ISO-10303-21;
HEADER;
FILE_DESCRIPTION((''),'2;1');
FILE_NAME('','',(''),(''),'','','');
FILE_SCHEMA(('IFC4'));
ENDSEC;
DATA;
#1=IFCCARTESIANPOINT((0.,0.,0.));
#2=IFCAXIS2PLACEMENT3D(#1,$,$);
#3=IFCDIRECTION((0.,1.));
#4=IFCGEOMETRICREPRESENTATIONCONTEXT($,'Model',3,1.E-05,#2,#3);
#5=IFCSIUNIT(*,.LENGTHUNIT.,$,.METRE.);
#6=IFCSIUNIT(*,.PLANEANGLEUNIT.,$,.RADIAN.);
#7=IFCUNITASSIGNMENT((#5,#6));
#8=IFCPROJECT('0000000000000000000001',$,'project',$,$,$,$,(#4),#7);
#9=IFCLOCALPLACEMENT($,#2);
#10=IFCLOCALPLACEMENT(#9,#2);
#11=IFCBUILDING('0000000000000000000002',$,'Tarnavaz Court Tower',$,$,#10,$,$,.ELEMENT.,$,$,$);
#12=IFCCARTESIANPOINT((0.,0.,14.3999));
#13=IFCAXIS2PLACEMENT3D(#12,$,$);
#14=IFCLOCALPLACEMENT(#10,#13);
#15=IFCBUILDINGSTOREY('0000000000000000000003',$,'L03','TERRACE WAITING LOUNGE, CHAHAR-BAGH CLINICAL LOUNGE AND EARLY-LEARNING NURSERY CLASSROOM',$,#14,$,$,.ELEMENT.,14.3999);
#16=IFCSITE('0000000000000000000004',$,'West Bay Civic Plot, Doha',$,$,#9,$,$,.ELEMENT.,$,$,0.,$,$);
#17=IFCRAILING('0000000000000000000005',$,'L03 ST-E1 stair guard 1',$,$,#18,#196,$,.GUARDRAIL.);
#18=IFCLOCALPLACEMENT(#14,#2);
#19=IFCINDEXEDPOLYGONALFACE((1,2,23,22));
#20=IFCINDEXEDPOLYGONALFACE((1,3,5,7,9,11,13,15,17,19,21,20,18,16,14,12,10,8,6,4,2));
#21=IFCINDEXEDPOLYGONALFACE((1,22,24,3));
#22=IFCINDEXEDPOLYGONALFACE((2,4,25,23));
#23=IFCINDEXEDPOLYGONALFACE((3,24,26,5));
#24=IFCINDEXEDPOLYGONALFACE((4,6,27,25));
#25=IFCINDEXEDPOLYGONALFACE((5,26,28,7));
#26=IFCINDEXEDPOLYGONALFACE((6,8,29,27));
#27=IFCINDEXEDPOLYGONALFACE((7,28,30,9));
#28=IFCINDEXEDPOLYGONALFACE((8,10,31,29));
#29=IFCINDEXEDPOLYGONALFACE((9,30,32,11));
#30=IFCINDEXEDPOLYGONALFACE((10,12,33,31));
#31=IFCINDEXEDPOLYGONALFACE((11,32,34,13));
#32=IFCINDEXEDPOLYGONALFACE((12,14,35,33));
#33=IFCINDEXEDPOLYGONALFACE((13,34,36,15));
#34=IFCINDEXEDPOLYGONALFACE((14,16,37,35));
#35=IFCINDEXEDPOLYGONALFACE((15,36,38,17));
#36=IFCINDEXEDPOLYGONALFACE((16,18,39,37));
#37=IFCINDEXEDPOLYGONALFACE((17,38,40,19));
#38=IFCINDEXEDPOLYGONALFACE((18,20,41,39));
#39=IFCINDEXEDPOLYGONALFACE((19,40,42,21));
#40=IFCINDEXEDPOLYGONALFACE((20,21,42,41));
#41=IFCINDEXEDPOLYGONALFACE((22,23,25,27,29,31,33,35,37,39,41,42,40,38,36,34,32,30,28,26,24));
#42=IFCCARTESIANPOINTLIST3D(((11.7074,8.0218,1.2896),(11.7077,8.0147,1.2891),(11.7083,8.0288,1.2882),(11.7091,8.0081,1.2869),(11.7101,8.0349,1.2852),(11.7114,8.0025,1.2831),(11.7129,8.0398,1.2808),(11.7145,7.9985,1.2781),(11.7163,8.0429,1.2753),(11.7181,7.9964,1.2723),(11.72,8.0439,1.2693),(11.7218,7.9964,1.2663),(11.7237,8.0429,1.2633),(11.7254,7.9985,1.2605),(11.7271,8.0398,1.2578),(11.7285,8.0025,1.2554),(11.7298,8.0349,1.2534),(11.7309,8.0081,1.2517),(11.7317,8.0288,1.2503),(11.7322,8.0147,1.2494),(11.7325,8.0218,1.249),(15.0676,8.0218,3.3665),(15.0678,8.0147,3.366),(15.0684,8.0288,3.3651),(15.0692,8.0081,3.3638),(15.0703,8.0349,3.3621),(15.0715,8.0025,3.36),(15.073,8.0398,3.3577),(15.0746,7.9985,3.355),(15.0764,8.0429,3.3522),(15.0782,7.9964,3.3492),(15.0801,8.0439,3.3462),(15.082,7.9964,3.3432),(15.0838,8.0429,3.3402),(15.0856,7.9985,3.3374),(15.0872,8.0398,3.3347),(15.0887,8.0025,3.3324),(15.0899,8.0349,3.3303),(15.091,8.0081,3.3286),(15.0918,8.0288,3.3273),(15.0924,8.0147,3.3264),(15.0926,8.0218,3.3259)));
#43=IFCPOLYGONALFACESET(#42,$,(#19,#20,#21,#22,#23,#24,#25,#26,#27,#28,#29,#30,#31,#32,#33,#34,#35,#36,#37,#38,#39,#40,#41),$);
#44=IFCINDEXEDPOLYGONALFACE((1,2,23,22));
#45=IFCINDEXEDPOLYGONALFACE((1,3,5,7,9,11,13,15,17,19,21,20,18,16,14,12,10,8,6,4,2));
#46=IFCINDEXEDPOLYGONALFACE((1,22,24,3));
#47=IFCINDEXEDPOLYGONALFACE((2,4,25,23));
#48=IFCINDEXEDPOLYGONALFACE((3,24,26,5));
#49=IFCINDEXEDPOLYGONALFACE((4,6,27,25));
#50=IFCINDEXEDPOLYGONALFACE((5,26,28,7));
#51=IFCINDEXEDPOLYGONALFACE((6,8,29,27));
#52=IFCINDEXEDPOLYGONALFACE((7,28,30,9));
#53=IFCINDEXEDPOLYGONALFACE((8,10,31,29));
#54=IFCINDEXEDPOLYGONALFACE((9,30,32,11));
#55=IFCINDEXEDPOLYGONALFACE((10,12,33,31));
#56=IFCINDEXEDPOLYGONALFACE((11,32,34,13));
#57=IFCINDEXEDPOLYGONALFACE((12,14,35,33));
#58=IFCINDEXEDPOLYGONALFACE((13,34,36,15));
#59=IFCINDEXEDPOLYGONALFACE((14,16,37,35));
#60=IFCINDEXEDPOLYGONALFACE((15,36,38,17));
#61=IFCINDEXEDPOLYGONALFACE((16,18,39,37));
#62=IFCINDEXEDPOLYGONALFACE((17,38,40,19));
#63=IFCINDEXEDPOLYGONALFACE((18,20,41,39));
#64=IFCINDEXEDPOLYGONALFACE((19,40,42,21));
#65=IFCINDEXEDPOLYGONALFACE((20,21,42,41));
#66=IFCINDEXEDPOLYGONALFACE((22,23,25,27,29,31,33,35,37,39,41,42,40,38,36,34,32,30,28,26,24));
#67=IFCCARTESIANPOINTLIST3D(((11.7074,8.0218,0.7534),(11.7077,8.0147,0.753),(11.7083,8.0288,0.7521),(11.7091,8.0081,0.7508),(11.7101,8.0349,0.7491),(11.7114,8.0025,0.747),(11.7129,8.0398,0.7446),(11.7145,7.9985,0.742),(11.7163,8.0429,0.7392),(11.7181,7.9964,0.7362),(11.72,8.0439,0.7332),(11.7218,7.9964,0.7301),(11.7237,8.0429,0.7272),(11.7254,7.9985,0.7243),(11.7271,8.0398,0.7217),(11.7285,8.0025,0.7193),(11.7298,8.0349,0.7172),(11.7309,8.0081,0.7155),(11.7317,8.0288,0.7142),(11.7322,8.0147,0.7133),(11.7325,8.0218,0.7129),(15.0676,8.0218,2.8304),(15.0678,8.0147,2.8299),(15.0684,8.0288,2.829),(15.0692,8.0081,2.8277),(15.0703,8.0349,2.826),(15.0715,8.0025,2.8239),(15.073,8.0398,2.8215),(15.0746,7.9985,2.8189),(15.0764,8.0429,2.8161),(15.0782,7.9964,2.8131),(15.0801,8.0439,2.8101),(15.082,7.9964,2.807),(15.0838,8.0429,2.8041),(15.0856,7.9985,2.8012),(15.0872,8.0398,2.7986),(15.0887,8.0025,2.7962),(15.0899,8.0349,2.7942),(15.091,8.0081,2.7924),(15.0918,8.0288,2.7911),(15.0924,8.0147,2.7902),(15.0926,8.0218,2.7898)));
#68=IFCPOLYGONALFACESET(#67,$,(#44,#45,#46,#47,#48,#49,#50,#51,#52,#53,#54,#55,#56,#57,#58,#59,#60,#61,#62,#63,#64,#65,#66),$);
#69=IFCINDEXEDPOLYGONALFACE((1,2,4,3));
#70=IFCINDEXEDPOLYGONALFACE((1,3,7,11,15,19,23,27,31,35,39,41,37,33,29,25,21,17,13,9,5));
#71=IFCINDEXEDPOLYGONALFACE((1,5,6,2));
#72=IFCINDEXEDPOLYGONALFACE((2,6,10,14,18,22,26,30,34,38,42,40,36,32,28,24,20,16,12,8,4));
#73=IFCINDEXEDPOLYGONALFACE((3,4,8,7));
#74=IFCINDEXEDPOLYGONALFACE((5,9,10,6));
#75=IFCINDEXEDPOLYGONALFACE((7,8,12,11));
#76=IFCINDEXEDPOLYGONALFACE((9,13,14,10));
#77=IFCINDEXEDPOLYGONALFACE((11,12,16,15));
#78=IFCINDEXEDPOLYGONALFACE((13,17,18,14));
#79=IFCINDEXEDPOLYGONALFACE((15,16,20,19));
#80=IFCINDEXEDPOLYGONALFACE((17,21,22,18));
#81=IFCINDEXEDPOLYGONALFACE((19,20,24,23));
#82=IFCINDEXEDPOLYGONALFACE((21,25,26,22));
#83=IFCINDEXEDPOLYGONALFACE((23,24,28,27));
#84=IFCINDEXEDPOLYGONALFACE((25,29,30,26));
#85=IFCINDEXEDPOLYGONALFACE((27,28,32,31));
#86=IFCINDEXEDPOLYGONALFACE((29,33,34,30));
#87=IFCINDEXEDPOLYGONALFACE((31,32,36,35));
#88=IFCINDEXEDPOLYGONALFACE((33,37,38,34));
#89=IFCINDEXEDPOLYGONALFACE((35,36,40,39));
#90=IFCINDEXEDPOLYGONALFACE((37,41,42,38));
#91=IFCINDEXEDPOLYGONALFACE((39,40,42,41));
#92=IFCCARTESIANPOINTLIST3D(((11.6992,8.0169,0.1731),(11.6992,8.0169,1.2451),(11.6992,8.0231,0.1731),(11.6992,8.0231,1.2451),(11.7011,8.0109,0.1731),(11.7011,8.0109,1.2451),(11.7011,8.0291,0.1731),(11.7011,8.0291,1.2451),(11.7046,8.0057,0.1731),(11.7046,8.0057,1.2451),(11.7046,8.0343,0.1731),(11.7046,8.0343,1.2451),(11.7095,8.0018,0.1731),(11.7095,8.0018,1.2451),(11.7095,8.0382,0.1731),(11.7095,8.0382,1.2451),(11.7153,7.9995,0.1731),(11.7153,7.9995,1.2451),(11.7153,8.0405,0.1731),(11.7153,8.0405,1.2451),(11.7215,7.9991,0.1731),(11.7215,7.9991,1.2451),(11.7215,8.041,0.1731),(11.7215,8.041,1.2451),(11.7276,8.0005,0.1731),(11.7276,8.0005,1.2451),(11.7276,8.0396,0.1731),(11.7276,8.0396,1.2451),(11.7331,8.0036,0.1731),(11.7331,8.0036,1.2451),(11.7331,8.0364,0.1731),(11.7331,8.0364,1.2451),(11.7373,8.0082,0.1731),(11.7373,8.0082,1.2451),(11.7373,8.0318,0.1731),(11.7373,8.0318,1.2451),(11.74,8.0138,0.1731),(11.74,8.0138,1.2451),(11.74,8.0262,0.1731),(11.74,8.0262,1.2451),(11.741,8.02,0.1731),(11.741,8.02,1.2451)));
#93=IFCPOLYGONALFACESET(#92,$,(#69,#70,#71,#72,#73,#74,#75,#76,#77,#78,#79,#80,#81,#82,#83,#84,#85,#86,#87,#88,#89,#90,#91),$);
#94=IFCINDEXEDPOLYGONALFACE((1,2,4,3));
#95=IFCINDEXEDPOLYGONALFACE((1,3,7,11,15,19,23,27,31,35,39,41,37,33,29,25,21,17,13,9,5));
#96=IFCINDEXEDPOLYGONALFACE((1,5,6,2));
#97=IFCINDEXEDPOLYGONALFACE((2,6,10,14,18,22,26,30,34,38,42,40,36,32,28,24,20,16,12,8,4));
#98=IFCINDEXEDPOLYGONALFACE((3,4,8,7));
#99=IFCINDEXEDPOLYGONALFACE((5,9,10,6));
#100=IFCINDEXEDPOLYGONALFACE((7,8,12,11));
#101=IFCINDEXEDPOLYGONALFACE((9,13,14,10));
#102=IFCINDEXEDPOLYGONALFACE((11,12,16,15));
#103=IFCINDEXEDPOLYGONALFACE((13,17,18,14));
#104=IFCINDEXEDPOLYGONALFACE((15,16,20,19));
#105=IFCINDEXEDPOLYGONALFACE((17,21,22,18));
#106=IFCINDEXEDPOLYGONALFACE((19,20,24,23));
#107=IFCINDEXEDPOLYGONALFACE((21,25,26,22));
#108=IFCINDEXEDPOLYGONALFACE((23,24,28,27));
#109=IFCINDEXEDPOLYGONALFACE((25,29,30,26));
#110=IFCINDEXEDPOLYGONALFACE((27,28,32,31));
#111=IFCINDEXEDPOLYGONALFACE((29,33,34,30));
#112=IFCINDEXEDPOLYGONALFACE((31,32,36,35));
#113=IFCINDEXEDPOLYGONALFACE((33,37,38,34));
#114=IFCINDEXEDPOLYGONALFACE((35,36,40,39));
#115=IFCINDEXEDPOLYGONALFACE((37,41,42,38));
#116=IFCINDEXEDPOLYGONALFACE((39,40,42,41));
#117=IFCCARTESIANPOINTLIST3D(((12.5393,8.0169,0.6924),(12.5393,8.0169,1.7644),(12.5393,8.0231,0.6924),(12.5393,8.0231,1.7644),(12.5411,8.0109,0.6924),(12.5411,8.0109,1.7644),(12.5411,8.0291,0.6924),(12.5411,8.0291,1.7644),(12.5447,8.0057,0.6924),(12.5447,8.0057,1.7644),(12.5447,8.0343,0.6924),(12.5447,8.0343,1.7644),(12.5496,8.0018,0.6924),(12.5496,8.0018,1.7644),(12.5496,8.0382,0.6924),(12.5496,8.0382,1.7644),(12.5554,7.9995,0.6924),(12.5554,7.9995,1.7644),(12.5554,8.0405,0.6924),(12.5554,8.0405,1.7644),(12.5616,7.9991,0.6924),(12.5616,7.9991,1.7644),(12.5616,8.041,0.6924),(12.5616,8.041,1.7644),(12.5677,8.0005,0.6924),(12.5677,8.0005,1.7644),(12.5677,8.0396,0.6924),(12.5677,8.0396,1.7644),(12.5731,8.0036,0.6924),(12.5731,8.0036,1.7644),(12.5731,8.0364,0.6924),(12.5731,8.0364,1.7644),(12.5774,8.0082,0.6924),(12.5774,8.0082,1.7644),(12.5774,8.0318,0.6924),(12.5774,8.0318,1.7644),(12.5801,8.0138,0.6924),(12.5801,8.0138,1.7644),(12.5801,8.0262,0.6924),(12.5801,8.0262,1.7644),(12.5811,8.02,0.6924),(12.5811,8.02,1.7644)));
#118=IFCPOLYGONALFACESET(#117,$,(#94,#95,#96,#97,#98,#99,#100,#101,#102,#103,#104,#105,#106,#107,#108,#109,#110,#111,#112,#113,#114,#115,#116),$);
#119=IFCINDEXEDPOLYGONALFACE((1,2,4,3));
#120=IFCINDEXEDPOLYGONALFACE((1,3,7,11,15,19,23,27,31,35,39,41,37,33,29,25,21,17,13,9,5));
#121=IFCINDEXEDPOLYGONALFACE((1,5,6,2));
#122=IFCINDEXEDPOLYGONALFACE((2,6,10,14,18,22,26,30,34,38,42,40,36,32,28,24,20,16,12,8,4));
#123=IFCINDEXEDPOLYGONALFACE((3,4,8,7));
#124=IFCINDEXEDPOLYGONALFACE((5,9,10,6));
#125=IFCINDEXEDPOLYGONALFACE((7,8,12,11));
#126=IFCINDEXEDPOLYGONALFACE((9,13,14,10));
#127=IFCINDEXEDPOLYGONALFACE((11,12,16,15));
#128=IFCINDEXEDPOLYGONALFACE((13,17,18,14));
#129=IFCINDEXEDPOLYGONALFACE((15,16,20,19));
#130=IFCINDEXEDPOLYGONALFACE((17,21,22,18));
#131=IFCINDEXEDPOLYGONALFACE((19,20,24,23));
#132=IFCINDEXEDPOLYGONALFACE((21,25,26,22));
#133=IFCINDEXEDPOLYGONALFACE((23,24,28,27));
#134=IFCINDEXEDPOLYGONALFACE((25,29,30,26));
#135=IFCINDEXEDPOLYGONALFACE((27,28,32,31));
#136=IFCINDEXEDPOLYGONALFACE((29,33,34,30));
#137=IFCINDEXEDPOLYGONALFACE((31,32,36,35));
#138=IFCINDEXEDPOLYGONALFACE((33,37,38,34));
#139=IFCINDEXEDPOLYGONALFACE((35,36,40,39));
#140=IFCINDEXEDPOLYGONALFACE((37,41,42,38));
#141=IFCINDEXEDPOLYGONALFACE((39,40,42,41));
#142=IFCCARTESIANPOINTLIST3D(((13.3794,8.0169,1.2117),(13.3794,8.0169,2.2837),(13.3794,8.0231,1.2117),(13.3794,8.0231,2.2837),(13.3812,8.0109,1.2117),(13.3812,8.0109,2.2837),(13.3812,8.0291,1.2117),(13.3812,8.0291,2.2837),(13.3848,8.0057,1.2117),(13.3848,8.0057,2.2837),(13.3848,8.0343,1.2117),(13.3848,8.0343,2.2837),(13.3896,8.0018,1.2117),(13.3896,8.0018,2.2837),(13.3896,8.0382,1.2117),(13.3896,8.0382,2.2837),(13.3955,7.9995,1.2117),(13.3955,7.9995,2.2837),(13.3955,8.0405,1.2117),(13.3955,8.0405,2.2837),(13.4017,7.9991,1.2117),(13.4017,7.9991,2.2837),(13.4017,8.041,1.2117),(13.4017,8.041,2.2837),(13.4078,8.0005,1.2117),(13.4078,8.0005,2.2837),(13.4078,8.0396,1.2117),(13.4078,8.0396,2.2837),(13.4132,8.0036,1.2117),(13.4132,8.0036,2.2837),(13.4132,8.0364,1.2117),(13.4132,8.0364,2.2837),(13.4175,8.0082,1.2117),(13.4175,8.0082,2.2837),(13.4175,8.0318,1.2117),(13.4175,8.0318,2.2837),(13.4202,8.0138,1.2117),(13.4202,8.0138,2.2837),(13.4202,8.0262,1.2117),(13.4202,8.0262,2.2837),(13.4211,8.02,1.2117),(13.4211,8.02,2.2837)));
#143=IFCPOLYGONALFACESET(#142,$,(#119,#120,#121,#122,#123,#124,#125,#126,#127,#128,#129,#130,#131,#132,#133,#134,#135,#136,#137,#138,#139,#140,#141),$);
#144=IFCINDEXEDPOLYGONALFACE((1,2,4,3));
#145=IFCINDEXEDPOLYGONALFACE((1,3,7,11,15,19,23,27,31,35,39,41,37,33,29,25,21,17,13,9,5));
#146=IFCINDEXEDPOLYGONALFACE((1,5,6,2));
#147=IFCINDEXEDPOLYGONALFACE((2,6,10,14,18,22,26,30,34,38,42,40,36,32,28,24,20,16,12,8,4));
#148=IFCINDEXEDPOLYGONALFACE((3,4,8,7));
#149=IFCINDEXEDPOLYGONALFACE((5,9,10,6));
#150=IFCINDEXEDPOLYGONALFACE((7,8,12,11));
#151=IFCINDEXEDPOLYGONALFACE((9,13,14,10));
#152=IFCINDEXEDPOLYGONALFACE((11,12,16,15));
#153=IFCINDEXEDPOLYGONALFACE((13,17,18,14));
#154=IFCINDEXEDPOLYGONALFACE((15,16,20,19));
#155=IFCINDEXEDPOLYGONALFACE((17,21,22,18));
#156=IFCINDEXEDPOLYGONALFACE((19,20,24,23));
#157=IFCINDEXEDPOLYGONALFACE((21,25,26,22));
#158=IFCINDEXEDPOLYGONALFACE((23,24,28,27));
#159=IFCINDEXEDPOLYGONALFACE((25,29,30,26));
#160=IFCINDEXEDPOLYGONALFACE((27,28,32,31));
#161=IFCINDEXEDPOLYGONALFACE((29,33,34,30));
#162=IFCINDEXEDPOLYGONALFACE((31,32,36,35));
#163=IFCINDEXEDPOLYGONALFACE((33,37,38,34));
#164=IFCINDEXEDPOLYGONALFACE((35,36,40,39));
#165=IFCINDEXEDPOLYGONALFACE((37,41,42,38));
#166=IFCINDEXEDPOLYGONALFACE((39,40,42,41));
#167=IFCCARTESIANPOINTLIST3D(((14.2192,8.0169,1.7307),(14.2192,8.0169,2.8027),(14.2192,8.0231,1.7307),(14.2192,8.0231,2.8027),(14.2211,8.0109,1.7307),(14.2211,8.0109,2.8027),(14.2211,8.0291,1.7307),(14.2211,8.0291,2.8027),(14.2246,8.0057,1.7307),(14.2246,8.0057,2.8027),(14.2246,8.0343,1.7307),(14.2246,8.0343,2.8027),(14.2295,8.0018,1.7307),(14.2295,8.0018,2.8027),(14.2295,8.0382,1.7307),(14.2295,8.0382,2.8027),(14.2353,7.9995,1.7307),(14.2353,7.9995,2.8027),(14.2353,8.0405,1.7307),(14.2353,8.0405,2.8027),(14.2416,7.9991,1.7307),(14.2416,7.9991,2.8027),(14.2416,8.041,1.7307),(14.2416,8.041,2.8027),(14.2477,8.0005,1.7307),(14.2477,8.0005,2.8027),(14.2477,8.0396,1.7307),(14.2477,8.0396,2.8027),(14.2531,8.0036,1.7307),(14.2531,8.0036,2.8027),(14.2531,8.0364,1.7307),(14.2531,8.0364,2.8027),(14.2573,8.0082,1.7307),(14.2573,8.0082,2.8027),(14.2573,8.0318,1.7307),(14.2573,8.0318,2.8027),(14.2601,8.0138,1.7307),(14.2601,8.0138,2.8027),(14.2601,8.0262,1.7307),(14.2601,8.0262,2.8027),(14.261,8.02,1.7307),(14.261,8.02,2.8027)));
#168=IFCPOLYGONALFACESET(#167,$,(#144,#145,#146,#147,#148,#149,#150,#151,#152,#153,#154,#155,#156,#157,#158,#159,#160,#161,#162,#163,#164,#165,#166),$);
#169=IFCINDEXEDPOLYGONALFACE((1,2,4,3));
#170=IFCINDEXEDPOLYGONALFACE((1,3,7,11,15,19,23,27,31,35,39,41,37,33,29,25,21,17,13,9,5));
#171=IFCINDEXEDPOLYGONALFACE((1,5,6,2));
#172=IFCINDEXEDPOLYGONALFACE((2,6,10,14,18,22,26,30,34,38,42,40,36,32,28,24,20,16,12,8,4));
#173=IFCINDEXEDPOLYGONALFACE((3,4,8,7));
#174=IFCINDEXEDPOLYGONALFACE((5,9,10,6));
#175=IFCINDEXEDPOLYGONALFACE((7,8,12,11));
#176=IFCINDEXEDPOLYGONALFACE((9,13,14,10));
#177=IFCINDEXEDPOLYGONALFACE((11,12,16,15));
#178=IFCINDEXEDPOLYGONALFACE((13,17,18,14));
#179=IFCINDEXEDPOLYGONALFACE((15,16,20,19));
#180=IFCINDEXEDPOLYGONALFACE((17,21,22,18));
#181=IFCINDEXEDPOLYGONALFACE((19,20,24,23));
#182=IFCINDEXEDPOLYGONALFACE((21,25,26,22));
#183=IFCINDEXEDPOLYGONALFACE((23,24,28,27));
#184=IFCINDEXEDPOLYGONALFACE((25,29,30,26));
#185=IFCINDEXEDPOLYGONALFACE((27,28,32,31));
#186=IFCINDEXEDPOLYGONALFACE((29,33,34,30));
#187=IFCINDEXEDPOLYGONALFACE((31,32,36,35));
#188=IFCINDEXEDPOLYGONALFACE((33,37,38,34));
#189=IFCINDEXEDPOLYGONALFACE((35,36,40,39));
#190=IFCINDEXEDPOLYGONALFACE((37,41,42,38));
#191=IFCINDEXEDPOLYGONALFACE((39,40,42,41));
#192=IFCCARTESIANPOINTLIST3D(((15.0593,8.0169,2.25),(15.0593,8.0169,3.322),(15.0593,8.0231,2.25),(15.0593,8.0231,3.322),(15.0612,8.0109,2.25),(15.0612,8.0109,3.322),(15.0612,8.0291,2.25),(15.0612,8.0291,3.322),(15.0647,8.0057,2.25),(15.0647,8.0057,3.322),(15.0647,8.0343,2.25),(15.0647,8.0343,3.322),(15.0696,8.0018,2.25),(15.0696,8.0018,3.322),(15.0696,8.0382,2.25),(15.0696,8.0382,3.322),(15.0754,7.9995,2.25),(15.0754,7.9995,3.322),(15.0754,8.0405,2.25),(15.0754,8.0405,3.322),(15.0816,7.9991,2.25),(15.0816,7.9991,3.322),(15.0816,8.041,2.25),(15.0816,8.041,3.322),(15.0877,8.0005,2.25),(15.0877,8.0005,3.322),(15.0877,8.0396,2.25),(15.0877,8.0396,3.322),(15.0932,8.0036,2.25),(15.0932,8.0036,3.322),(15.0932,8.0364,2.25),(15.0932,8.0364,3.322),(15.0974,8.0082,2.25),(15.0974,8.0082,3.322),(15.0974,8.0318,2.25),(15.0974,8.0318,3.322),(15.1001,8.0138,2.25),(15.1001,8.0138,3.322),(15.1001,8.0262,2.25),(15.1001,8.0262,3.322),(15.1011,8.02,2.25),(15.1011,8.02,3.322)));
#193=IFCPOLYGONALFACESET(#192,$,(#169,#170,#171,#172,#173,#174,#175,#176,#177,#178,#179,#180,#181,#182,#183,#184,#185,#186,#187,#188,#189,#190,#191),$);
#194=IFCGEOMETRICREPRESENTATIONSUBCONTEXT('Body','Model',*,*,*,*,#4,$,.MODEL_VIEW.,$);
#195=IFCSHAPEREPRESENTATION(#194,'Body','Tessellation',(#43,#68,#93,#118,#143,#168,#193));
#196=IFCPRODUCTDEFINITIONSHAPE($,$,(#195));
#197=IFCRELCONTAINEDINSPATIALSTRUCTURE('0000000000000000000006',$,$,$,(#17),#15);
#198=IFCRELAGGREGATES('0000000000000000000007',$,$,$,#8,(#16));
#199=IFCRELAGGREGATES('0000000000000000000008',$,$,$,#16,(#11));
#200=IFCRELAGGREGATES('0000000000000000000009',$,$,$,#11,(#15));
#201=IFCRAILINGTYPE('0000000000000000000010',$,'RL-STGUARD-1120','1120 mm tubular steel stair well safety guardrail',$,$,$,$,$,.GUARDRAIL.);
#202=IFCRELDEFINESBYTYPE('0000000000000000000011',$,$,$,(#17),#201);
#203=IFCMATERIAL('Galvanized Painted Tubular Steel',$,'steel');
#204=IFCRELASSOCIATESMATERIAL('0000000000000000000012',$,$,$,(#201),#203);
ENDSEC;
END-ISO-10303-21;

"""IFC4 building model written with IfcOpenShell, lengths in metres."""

from ifc_helpers import new_model, si_unit, direction, frame, origin, origin_2d, place, context, subcontext, project, spatial, circle, extrude, material, type_object, element, save


model = new_model("IFC4")

# Units and contexts
model_context = context("Model", 3, precision=1e-05, world=origin(), true_north=direction((0.0, 1.0)))
body_context = subcontext(model_context, "Body", "Model", "MODEL_VIEW")
ifc_project = project(units=[si_unit("LENGTHUNIT", "METRE"), si_unit("PLANEANGLEUNIT", "RADIAN")], contexts=[model_context])

# Site, building, storey
site_placement = place(None, origin())
site = spatial("IfcSite", under=ifc_project, at=site_placement, Name="West Bay Civic Plot, Doha", CompositionType="ELEMENT", RefElevation=0.0)
building_placement = place(site_placement, origin())
building = spatial("IfcBuilding", under=site, at=building_placement, Name="Tarnavaz Court Tower", CompositionType="ELEMENT")
storey_placement = place(building_placement, frame((0.0, 0.0, 14.3999)))
storey = spatial("IfcBuildingStorey", under=building, at=storey_placement, Name="L03", Description="TERRACE WAITING LOUNGE, CHAHAR-BAGH CLINICAL LOUNGE AND EARLY-LEARNING NURSERY CLASSROOM", CompositionType="ELEMENT", Elevation=14.3999)

# Railing
ifc_material_1 = material(Name="Galvanized Painted Tubular Steel", Category="steel")
railing_type_1 = type_object("IfcRailingType", Name="RL-STGUARD-1120", Description="1120 mm tubular steel stair well safety guardrail", PredefinedType="GUARDRAIL", material=ifc_material_1)
railing_1_placement = place(storey_placement, frame((11.72, 8.02, 0.1731)))
element("IfcRailing", 1, at=railing_1_placement, inside=storey, type_object=railing_type_1, Name="L03 ST-E1 stair guard 1", PredefinedType="GUARDRAIL", context=body_context, shape_type="SweptSolid", body=[
    extrude(circle(Radius=0.0239, at=origin_2d()), frame((0.0, 0.0, 1.0962), z_axis=(0.850623, 0.0, 0.525776), x_axis=(0.0, 1.0, 0.0)), (0.0, 0.0, 1.0), 3.9502),
    extrude(circle(Radius=0.0239, at=origin_2d()), frame((0.0, 0.0, 0.5601), z_axis=(0.850623, 0.0, 0.525776), x_axis=(0.0, 1.0, 0.0)), (0.0, 0.0, 1.0), 3.9502),
    extrude(circle(Radius=0.021, at=origin_2d()), origin(), (0.0, 0.0, 1.0), 1.072),
    extrude(circle(Radius=0.021, at=origin_2d()), frame((0.8401, 0.0, 0.5193)), (0.0, 0.0, 1.0), 1.072),
    extrude(circle(Radius=0.021, at=origin_2d()), frame((1.6802, 0.0, 1.0386)), (0.0, 0.0, 1.0), 1.072),
    extrude(circle(Radius=0.021, at=origin_2d()), frame((2.52, 0.0, 1.5576)), (0.0, 0.0, 1.0), 1.072),
    extrude(circle(Radius=0.021, at=origin_2d()), frame((3.3601, 0.0, 2.0769)), (0.0, 0.0, 1.0), 1.072),
])

save(model, "model.ifc")
